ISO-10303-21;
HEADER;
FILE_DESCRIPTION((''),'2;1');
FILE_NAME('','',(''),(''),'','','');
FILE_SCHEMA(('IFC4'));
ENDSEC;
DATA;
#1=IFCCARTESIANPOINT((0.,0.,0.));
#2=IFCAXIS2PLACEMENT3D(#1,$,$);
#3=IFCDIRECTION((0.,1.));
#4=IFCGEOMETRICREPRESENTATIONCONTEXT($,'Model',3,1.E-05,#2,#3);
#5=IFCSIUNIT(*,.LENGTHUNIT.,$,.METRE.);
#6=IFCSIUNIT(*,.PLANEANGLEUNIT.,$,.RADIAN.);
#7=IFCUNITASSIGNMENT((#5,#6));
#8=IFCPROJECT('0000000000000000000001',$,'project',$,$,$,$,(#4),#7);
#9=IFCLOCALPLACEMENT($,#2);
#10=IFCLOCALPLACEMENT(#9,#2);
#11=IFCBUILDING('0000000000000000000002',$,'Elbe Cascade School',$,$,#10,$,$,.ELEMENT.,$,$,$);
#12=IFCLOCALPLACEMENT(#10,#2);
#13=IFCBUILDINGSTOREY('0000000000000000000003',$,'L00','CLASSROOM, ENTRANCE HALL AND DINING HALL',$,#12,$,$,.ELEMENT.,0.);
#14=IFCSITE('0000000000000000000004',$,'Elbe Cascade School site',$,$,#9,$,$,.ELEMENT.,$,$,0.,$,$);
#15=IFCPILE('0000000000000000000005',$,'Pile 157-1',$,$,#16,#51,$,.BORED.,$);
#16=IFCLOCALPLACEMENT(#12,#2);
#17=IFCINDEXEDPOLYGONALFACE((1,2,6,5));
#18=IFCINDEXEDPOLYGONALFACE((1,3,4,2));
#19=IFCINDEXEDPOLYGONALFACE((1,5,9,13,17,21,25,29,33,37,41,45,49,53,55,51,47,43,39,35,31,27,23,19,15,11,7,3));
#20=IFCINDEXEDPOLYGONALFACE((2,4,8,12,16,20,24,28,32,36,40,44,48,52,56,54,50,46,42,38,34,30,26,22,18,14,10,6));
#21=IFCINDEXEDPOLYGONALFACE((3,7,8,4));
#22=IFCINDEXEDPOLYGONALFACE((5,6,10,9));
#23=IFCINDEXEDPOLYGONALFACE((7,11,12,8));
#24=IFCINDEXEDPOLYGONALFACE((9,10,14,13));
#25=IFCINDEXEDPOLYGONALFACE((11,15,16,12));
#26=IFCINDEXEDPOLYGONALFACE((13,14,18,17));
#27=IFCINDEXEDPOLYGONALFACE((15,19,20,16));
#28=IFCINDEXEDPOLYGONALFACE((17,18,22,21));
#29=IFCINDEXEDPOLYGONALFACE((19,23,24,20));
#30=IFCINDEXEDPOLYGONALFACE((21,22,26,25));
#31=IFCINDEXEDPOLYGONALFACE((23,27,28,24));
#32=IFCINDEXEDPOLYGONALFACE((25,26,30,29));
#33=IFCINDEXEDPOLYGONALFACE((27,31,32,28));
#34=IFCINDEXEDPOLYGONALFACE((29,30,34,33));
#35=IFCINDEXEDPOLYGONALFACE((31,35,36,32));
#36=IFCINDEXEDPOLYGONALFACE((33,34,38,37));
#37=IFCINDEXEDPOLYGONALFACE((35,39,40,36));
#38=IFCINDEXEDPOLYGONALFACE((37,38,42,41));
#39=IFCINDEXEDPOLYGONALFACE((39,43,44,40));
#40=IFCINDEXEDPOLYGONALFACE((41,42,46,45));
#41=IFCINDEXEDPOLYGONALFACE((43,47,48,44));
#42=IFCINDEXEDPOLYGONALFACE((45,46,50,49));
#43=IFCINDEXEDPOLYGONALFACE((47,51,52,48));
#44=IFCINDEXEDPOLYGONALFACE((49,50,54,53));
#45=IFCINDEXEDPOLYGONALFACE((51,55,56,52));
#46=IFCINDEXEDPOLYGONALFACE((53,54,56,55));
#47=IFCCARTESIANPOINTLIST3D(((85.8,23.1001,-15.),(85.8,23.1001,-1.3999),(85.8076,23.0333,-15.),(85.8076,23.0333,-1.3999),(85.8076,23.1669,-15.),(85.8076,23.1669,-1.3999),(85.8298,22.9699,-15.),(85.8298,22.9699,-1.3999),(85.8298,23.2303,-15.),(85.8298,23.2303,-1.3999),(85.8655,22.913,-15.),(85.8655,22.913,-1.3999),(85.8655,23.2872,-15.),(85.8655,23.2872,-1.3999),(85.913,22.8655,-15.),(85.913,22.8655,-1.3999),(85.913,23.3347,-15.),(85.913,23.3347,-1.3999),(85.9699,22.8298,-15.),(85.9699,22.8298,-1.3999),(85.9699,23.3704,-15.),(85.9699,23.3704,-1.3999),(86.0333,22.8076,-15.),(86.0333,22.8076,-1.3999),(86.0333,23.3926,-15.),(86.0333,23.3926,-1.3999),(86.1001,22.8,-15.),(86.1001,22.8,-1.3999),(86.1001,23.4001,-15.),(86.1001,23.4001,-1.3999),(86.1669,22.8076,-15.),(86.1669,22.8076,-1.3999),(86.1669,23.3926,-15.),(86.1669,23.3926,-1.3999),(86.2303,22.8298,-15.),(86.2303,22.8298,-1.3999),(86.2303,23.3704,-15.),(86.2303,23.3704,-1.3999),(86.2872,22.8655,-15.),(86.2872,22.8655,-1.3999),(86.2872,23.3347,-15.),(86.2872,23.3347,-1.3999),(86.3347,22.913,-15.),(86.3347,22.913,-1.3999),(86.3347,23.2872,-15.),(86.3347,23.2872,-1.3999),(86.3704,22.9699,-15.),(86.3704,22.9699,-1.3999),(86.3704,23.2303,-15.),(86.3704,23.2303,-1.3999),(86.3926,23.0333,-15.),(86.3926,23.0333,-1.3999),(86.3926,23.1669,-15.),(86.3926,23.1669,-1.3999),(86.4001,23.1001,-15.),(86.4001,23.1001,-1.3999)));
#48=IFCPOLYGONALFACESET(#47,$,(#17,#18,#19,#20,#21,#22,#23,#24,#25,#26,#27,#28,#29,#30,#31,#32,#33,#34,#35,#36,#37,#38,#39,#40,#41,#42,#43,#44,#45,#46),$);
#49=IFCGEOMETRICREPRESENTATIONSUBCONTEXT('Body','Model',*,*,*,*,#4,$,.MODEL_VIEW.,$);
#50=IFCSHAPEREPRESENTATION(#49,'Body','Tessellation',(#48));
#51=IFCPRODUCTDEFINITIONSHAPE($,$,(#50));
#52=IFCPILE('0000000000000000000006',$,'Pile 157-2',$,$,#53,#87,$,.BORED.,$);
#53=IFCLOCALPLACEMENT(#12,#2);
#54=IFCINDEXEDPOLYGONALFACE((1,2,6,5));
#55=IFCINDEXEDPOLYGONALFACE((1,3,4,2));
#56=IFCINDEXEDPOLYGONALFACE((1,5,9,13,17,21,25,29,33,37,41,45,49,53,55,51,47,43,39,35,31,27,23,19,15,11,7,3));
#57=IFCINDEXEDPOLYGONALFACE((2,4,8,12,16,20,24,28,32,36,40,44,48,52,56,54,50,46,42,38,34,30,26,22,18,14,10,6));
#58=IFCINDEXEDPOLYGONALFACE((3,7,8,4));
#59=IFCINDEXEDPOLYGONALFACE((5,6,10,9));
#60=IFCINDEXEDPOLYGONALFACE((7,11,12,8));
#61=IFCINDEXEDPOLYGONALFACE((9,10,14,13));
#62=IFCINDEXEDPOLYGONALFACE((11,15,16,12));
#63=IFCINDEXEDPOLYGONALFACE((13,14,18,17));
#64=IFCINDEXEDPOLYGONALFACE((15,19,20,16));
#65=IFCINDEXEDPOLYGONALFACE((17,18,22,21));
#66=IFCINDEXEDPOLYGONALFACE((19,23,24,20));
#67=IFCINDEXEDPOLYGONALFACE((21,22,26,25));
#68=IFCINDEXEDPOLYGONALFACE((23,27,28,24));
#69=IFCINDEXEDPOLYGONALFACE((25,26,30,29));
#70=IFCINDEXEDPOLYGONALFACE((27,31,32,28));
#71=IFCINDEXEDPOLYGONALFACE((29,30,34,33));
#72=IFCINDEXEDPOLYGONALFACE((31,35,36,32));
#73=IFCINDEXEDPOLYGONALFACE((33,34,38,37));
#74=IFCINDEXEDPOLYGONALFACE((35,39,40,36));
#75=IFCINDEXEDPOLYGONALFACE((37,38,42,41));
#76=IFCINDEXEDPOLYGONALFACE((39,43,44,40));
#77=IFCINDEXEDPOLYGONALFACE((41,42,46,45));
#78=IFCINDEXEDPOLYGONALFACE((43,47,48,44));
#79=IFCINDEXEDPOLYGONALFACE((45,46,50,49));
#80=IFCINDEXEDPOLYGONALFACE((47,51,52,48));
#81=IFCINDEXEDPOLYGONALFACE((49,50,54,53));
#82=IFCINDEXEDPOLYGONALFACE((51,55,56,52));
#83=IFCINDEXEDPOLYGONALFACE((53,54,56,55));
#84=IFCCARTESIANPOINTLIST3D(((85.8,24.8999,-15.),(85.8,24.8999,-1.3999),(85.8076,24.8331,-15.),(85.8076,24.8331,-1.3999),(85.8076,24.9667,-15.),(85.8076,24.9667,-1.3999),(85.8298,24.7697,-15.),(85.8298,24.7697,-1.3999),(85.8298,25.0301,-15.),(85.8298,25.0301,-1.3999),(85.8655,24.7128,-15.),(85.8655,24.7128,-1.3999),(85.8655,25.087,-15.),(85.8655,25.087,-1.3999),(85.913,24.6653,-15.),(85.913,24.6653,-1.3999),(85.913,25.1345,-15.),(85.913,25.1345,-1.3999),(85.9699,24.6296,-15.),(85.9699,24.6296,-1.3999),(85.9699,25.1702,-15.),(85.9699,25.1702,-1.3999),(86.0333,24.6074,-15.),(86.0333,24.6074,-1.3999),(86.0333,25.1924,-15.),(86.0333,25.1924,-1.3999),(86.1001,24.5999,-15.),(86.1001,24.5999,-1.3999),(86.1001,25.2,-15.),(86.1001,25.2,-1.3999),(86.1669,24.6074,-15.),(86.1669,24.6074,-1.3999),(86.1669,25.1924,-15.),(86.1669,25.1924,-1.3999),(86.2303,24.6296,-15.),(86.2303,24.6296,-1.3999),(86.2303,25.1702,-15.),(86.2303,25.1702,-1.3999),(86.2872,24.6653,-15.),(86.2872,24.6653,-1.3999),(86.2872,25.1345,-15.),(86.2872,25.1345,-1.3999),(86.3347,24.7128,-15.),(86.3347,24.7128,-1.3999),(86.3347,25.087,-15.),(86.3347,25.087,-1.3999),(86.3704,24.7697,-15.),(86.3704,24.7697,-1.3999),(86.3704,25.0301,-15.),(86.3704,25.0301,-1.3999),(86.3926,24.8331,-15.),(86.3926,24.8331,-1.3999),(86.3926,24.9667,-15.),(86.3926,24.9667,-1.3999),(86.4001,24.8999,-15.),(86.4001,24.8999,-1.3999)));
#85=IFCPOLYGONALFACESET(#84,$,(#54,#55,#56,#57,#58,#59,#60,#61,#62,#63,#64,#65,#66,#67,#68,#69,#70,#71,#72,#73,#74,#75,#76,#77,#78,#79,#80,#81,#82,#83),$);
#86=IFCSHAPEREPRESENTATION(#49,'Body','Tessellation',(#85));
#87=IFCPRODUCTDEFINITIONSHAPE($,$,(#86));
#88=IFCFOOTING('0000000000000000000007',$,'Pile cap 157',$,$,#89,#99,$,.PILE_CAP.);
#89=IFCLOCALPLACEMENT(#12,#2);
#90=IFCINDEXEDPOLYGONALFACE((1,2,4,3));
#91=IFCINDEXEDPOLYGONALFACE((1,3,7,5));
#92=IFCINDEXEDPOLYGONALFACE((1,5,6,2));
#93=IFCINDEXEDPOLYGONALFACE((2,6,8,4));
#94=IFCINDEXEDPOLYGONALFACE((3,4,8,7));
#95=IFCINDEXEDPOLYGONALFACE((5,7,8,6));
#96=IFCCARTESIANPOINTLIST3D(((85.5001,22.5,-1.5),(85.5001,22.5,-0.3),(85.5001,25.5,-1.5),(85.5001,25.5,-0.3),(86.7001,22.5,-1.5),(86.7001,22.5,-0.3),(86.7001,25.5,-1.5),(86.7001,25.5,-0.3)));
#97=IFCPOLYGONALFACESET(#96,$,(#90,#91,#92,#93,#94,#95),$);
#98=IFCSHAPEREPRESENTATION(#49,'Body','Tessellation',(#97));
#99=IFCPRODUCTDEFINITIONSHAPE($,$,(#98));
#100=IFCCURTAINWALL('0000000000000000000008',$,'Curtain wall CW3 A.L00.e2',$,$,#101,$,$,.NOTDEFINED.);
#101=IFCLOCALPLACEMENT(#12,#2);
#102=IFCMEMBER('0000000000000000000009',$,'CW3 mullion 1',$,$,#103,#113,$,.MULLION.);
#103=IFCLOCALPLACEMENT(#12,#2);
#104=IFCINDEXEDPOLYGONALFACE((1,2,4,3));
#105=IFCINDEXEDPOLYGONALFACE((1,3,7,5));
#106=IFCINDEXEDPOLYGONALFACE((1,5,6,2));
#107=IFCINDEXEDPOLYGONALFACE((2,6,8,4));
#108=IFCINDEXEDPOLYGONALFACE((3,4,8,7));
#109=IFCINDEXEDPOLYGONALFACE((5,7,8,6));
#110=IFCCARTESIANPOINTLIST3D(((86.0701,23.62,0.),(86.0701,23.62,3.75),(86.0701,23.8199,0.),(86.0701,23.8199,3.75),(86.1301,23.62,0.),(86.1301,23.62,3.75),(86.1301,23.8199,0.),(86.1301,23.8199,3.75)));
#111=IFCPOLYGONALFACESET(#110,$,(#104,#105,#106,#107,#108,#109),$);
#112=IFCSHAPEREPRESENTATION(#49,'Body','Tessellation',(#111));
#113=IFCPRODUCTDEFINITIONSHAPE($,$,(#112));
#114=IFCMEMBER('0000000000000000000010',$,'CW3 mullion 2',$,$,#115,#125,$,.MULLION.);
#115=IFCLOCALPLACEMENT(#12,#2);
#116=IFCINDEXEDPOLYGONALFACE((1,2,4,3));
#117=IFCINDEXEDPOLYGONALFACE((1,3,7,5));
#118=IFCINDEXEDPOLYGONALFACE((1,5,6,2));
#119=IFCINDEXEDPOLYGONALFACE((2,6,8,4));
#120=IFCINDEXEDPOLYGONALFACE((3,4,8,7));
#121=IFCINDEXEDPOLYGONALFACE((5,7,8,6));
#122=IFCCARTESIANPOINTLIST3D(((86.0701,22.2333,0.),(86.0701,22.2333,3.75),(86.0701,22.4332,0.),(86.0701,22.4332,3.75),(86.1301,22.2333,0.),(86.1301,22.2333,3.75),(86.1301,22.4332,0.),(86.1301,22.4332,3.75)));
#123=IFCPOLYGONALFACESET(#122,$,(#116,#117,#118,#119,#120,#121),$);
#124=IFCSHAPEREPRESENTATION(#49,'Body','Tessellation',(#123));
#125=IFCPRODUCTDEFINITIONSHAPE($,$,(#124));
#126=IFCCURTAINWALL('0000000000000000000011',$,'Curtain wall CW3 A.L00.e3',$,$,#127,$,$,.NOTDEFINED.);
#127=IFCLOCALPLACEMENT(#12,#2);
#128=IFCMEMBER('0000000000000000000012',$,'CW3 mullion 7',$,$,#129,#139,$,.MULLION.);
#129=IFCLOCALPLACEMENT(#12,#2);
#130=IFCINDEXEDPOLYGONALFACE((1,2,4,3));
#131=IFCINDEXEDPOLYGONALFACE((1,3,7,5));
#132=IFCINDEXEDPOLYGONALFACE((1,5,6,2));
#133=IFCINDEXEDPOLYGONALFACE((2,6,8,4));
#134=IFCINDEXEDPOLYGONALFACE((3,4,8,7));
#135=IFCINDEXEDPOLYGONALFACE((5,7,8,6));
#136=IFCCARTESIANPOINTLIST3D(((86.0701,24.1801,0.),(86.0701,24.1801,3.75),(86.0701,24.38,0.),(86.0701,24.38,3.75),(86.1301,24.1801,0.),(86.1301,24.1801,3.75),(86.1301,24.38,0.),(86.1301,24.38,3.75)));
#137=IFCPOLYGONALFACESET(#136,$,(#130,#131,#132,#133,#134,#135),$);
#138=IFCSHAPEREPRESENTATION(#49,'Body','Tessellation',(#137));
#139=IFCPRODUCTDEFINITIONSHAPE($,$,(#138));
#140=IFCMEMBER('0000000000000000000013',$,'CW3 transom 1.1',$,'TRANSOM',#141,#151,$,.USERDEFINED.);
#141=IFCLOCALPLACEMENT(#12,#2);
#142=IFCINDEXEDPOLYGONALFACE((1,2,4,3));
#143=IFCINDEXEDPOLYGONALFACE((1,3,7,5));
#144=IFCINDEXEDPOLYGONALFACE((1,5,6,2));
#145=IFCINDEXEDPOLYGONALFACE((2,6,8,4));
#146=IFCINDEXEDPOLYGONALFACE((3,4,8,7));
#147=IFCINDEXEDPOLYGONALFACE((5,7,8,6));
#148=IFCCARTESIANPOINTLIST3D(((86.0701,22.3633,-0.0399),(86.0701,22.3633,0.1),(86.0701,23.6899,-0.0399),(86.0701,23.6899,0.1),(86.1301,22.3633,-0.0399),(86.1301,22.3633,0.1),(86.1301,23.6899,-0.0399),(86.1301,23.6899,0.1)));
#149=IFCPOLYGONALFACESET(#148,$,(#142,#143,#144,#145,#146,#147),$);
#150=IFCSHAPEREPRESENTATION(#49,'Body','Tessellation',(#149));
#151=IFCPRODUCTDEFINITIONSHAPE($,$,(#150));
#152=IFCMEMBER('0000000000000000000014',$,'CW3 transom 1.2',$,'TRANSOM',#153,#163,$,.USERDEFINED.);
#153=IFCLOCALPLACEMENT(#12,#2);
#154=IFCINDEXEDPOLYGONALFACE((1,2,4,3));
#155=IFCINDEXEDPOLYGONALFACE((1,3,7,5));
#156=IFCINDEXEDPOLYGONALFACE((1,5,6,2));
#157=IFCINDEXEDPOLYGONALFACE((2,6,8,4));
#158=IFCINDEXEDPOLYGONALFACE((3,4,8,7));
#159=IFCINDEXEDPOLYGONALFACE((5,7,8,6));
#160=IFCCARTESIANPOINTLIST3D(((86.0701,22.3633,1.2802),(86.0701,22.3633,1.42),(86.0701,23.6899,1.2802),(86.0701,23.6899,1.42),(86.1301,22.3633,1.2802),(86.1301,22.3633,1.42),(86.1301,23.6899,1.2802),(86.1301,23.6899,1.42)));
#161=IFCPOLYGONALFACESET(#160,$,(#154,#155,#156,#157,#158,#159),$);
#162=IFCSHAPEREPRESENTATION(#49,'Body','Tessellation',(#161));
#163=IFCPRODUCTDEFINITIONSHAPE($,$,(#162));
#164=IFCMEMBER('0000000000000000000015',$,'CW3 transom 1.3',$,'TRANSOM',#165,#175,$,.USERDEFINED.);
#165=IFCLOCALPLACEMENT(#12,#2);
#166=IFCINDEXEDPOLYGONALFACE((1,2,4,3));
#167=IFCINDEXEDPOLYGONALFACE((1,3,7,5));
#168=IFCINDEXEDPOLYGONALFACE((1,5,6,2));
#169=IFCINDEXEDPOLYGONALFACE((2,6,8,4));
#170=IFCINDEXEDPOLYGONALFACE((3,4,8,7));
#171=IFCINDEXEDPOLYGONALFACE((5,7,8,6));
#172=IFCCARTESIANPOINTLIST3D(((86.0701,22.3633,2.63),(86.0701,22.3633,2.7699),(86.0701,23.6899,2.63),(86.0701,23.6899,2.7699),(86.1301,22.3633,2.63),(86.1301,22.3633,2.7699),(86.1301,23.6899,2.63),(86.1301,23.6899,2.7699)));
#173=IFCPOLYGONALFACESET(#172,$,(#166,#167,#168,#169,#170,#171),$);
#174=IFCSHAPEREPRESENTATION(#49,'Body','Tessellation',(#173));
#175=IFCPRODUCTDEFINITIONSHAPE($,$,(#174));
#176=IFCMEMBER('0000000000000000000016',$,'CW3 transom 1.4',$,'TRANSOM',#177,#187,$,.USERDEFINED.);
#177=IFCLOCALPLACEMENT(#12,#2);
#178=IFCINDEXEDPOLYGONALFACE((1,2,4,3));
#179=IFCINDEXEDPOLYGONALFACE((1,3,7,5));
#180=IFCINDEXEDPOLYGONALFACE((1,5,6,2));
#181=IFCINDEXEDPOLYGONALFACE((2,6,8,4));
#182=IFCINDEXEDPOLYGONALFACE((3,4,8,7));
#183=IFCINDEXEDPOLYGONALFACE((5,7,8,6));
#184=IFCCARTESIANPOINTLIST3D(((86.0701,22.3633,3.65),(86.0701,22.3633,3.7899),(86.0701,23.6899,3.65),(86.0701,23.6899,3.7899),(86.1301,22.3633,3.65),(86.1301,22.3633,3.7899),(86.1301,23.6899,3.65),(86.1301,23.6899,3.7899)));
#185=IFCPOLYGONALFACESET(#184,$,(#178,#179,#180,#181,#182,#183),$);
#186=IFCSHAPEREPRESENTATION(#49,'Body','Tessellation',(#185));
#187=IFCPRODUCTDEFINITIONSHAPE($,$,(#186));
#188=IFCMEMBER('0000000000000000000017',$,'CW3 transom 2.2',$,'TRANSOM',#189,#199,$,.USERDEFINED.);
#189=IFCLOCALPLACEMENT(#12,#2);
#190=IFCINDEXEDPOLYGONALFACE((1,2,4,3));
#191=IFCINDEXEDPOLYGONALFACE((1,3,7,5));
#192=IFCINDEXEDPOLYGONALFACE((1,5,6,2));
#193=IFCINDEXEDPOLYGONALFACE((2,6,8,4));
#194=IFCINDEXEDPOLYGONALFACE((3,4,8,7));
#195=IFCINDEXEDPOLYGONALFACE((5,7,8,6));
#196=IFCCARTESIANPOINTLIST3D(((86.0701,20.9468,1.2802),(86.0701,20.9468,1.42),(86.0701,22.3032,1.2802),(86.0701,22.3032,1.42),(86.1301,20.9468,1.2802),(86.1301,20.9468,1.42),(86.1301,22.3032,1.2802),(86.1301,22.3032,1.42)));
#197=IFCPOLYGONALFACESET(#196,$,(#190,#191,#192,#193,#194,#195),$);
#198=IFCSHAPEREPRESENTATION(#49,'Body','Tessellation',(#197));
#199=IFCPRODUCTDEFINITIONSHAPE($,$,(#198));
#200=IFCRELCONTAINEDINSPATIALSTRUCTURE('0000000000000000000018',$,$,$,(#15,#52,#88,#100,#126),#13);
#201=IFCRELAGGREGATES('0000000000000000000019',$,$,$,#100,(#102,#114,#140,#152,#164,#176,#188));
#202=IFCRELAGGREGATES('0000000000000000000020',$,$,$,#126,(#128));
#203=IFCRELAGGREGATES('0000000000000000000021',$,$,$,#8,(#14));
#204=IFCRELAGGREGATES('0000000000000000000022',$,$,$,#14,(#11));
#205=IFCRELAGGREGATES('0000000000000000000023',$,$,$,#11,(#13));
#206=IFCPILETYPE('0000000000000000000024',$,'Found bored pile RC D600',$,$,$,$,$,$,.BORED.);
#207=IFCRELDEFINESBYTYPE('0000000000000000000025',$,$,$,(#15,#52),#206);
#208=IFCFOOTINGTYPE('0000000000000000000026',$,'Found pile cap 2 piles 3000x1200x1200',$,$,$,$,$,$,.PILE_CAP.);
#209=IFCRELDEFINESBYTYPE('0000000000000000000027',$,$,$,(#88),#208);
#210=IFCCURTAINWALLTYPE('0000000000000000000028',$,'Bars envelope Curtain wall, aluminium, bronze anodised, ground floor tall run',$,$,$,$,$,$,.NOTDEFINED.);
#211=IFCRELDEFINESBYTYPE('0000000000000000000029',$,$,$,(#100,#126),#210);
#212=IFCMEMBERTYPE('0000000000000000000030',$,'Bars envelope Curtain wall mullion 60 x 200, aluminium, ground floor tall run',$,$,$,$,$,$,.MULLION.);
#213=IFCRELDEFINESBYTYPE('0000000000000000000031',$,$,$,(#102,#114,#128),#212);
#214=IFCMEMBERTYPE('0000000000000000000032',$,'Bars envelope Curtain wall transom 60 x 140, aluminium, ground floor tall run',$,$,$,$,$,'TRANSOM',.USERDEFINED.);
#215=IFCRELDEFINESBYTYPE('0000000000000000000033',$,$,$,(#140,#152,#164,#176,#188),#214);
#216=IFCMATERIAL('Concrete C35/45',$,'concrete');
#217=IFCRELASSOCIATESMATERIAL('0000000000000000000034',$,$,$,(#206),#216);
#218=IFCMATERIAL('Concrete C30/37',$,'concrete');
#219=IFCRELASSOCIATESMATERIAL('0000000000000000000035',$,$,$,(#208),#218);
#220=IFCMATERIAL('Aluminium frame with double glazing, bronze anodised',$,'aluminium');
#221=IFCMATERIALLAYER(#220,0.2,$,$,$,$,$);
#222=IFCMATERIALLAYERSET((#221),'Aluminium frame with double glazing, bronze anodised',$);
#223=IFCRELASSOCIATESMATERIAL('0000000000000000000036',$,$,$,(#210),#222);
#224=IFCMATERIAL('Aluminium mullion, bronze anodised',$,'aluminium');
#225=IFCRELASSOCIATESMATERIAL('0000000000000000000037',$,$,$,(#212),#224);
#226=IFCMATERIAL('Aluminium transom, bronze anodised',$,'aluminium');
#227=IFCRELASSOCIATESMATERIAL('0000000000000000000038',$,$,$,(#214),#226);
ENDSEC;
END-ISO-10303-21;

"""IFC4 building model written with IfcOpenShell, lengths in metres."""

from ifc_helpers import new_model, si_unit, direction, frame, origin, origin_2d, place, context, subcontext, project, spatial, rectangle, circle, extrude, material, layer, layer_set, material_profile, profile_set, type_object, element, aggregate, save


model = new_model("IFC4")

# Units and contexts
model_context = context("Model", 3, precision=1e-05, world=origin(), true_north=direction((0.0, 1.0)))
body_context = subcontext(model_context, "Body", "Model", "MODEL_VIEW")
ifc_project = project(units=[si_unit("LENGTHUNIT", "METRE"), si_unit("PLANEANGLEUNIT", "RADIAN")], contexts=[model_context])

# Site, building, storey
site_placement = place(None, origin())
site = spatial("IfcSite", under=ifc_project, at=site_placement, Name="Elbe Cascade School site", CompositionType="ELEMENT", RefElevation=0.0)
building_placement = place(site_placement, origin())
building = spatial("IfcBuilding", under=site, at=building_placement, Name="Elbe Cascade School", CompositionType="ELEMENT")
storey_placement = place(building_placement, origin())
storey = spatial("IfcBuildingStorey", under=building, at=storey_placement, Name="L00", Description="CLASSROOM, ENTRANCE HALL AND DINING HALL", CompositionType="ELEMENT", Elevation=0.0)

# Piles
ifc_material_1 = material(Name="Concrete C35/45", Category="concrete")
ifc_material_profile_1 = material_profile(ifc_material_1, circle(Radius=0.3, at=origin_2d()), Name="RC D600")
ifc_profile_set_1 = profile_set([ifc_material_profile_1], Name="Concrete C35/45")
pile_type = type_object("IfcPileType", Name="Found bored pile RC D600", PredefinedType="BORED", material=ifc_profile_set_1)
for number, where, z_axis, x_axis, name in (
    (1, (86.1001, 23.1001, -1.3999), (0.0, 0.0, -1.0), (1.0, 0.0, 0.0), "Pile 157-1"),
    (2, (86.1001, 24.8999, -1.3999), (0.0, 0.0, -1.0), (1.0, 0.0, 0.0), "Pile 157-2"),
):
    element("IfcPile", number, at=place(storey_placement, frame(where, z_axis=z_axis, x_axis=x_axis)), inside=storey, type_object=pile_type, Name=name, PredefinedType="BORED", context=body_context, shape_type="SweptSolid", body=[
        extrude(circle(Radius=0.3, at=origin_2d()), origin(), (0.0, 0.0, 1.0), 13.6001),
    ])

# Footing
ifc_material_2 = material(Name="Concrete C30/37", Category="concrete")
footing_type = type_object("IfcFootingType", Name="Found pile cap 2 piles 3000x1200x1200", PredefinedType="PILE_CAP", material=ifc_material_2)
footing_placement = place(storey_placement, frame((86.1001, 24.0, -1.5), z_axis=(0.0, 0.0, 1.0), x_axis=(1.0, 0.0, 0.0)))
element("IfcFooting", 3, at=footing_placement, inside=storey, type_object=footing_type, Name="Pile cap 157", PredefinedType="PILE_CAP", context=body_context, shape_type="SweptSolid", body=[
    extrude(rectangle(XDim=1.2, YDim=3.0, at=origin_2d()), origin(), (0.0, 0.0, 1.0), 1.2),
])

# Curtain wall, members
ifc_material_3 = material(Name="Aluminium frame with double glazing, bronze anodised", Category="aluminium")
ifc_layer_1 = layer(ifc_material_3, 0.2)
ifc_layer_set_1 = layer_set([ifc_layer_1], Name="Aluminium frame with double glazing, bronze anodised")
curtain_wall_type = type_object("IfcCurtainWallType", Name="Bars envelope Curtain wall, aluminium, bronze anodised, ground floor tall run", PredefinedType="NOTDEFINED", material=ifc_layer_set_1)
curtain_wall_1_placement = place(storey_placement, origin())
curtain_wall_1 = element("IfcCurtainWall", 4, at=curtain_wall_1_placement, inside=storey, type_object=curtain_wall_type, Name="Curtain wall CW3 A.L00.e2", PredefinedType="NOTDEFINED")
ifc_material_4 = material(Name="Aluminium mullion, bronze anodised", Category="aluminium")
ifc_material_profile_2 = material_profile(ifc_material_4, rectangle(XDim=0.0601, YDim=0.2, at=origin_2d()), Name="Bars envelope Curtain wall mullion 60 x 200, aluminium, ground floor tall run")
ifc_profile_set_2 = profile_set([ifc_material_profile_2], Name="Aluminium mullion, bronze anodised")
member_type_1 = type_object("IfcMemberType", Name="Bars envelope Curtain wall mullion 60 x 200, aluminium, ground floor tall run", PredefinedType="MULLION", material=ifc_profile_set_2)
member_1_placement = place(storey_placement, frame((86.1001, 23.72, 0.0), z_axis=(0.0, 0.0, 1.0), x_axis=(1.0, 0.0, 0.0)))
member_1 = element("IfcMember", 5, at=member_1_placement, type_object=member_type_1, Name="CW3 mullion 1", PredefinedType="MULLION", context=body_context, shape_type="SweptSolid", body=[
    extrude(rectangle(XDim=0.0601, YDim=0.2, at=origin_2d()), origin(), (0.0, 0.0, 1.0), 3.75),
])
member_2_placement = place(storey_placement, frame((86.1001, 22.3333, 0.0), z_axis=(0.0, 0.0, 1.0), x_axis=(1.0, 0.0, 0.0)))
member_2 = element("IfcMember", 6, at=member_2_placement, type_object=member_type_1, Name="CW3 mullion 2", PredefinedType="MULLION", context=body_context, shape_type="SweptSolid", body=[
    extrude(rectangle(XDim=0.0601, YDim=0.2, at=origin_2d()), origin(), (0.0, 0.0, 1.0), 3.75),
])

# Curtain wall, member
curtain_wall_2_placement = place(storey_placement, origin())
curtain_wall_2 = element("IfcCurtainWall", 7, at=curtain_wall_2_placement, inside=storey, type_object=curtain_wall_type, Name="Curtain wall CW3 A.L00.e3", PredefinedType="NOTDEFINED")
member_3_placement = place(storey_placement, frame((86.1001, 24.28, 0.0), z_axis=(0.0, 0.0, 1.0), x_axis=(1.0, 0.0, 0.0)))
member_3 = element("IfcMember", 8, at=member_3_placement, type_object=member_type_1, Name="CW3 mullion 7", PredefinedType="MULLION", context=body_context, shape_type="SweptSolid", body=[
    extrude(rectangle(XDim=0.0601, YDim=0.2, at=origin_2d()), origin(), (0.0, 0.0, 1.0), 3.75),
])

# Members
ifc_material_5 = material(Name="Aluminium transom, bronze anodised", Category="aluminium")
ifc_material_profile_3 = material_profile(ifc_material_5, rectangle(XDim=0.0601, YDim=0.1399, at=origin_2d()), Name="Bars envelope Curtain wall transom 60 x 140, aluminium, ground floor tall run")
ifc_profile_set_3 = profile_set([ifc_material_profile_3], Name="Aluminium transom, bronze anodised")
member_type_2 = type_object("IfcMemberType", Name="Bars envelope Curtain wall transom 60 x 140, aluminium, ground floor tall run", ElementType="TRANSOM", PredefinedType="USERDEFINED", material=ifc_profile_set_3)
member_4_placement = place(storey_placement, frame((86.1001, 23.6899, 0.03), z_axis=(0.0, -1.0, 0.0), x_axis=(1.0, 0.0, 0.0)))
member_4 = element("IfcMember", 9, at=member_4_placement, type_object=member_type_2, Name="CW3 transom 1.1", ObjectType="TRANSOM", PredefinedType="USERDEFINED", context=body_context, shape_type="SweptSolid", body=[
    extrude(rectangle(XDim=0.0601, YDim=0.1399, at=origin_2d()), origin(), (0.0, 0.0, 1.0), 1.3267),
])
member_5_placement = place(storey_placement, frame((86.1001, 23.6899, 1.3501), z_axis=(0.0, -1.0, 0.0), x_axis=(1.0, 0.0, 0.0)))
member_5 = element("IfcMember", 10, at=member_5_placement, type_object=member_type_2, Name="CW3 transom 1.2", ObjectType="TRANSOM", PredefinedType="USERDEFINED", context=body_context, shape_type="SweptSolid", body=[
    extrude(rectangle(XDim=0.0601, YDim=0.1399, at=origin_2d()), origin(), (0.0, 0.0, 1.0), 1.3267),
])
member_6_placement = place(storey_placement, frame((86.1001, 23.6899, 2.7), z_axis=(0.0, -1.0, 0.0), x_axis=(1.0, 0.0, 0.0)))
member_6 = element("IfcMember", 11, at=member_6_placement, type_object=member_type_2, Name="CW3 transom 1.3", ObjectType="TRANSOM", PredefinedType="USERDEFINED", context=body_context, shape_type="SweptSolid", body=[
    extrude(rectangle(XDim=0.0601, YDim=0.1399, at=origin_2d()), origin(), (0.0, 0.0, 1.0), 1.3267),
])
member_7_placement = place(storey_placement, frame((86.1001, 23.6899, 3.72), z_axis=(0.0, -1.0, 0.0), x_axis=(1.0, 0.0, 0.0)))
member_7 = element("IfcMember", 12, at=member_7_placement, type_object=member_type_2, Name="CW3 transom 1.4", ObjectType="TRANSOM", PredefinedType="USERDEFINED", context=body_context, shape_type="SweptSolid", body=[
    extrude(rectangle(XDim=0.0601, YDim=0.1399, at=origin_2d()), origin(), (0.0, 0.0, 1.0), 1.3267),
])
member_8_placement = place(storey_placement, frame((86.1001, 22.3032, 1.3501), z_axis=(0.0, -1.0, 0.0), x_axis=(1.0, 0.0, 0.0)))
member_8 = element("IfcMember", 13, at=member_8_placement, type_object=member_type_2, Name="CW3 transom 2.2", ObjectType="TRANSOM", PredefinedType="USERDEFINED", context=body_context, shape_type="SweptSolid", body=[
    extrude(rectangle(XDim=0.0601, YDim=0.1399, at=origin_2d()), origin(), (0.0, 0.0, 1.0), 1.3564),
])

aggregate(curtain_wall_1, [member_1, member_2, member_4, member_5, member_6, member_7, member_8])
aggregate(curtain_wall_2, [member_3])

save(model, "model.ifc")
